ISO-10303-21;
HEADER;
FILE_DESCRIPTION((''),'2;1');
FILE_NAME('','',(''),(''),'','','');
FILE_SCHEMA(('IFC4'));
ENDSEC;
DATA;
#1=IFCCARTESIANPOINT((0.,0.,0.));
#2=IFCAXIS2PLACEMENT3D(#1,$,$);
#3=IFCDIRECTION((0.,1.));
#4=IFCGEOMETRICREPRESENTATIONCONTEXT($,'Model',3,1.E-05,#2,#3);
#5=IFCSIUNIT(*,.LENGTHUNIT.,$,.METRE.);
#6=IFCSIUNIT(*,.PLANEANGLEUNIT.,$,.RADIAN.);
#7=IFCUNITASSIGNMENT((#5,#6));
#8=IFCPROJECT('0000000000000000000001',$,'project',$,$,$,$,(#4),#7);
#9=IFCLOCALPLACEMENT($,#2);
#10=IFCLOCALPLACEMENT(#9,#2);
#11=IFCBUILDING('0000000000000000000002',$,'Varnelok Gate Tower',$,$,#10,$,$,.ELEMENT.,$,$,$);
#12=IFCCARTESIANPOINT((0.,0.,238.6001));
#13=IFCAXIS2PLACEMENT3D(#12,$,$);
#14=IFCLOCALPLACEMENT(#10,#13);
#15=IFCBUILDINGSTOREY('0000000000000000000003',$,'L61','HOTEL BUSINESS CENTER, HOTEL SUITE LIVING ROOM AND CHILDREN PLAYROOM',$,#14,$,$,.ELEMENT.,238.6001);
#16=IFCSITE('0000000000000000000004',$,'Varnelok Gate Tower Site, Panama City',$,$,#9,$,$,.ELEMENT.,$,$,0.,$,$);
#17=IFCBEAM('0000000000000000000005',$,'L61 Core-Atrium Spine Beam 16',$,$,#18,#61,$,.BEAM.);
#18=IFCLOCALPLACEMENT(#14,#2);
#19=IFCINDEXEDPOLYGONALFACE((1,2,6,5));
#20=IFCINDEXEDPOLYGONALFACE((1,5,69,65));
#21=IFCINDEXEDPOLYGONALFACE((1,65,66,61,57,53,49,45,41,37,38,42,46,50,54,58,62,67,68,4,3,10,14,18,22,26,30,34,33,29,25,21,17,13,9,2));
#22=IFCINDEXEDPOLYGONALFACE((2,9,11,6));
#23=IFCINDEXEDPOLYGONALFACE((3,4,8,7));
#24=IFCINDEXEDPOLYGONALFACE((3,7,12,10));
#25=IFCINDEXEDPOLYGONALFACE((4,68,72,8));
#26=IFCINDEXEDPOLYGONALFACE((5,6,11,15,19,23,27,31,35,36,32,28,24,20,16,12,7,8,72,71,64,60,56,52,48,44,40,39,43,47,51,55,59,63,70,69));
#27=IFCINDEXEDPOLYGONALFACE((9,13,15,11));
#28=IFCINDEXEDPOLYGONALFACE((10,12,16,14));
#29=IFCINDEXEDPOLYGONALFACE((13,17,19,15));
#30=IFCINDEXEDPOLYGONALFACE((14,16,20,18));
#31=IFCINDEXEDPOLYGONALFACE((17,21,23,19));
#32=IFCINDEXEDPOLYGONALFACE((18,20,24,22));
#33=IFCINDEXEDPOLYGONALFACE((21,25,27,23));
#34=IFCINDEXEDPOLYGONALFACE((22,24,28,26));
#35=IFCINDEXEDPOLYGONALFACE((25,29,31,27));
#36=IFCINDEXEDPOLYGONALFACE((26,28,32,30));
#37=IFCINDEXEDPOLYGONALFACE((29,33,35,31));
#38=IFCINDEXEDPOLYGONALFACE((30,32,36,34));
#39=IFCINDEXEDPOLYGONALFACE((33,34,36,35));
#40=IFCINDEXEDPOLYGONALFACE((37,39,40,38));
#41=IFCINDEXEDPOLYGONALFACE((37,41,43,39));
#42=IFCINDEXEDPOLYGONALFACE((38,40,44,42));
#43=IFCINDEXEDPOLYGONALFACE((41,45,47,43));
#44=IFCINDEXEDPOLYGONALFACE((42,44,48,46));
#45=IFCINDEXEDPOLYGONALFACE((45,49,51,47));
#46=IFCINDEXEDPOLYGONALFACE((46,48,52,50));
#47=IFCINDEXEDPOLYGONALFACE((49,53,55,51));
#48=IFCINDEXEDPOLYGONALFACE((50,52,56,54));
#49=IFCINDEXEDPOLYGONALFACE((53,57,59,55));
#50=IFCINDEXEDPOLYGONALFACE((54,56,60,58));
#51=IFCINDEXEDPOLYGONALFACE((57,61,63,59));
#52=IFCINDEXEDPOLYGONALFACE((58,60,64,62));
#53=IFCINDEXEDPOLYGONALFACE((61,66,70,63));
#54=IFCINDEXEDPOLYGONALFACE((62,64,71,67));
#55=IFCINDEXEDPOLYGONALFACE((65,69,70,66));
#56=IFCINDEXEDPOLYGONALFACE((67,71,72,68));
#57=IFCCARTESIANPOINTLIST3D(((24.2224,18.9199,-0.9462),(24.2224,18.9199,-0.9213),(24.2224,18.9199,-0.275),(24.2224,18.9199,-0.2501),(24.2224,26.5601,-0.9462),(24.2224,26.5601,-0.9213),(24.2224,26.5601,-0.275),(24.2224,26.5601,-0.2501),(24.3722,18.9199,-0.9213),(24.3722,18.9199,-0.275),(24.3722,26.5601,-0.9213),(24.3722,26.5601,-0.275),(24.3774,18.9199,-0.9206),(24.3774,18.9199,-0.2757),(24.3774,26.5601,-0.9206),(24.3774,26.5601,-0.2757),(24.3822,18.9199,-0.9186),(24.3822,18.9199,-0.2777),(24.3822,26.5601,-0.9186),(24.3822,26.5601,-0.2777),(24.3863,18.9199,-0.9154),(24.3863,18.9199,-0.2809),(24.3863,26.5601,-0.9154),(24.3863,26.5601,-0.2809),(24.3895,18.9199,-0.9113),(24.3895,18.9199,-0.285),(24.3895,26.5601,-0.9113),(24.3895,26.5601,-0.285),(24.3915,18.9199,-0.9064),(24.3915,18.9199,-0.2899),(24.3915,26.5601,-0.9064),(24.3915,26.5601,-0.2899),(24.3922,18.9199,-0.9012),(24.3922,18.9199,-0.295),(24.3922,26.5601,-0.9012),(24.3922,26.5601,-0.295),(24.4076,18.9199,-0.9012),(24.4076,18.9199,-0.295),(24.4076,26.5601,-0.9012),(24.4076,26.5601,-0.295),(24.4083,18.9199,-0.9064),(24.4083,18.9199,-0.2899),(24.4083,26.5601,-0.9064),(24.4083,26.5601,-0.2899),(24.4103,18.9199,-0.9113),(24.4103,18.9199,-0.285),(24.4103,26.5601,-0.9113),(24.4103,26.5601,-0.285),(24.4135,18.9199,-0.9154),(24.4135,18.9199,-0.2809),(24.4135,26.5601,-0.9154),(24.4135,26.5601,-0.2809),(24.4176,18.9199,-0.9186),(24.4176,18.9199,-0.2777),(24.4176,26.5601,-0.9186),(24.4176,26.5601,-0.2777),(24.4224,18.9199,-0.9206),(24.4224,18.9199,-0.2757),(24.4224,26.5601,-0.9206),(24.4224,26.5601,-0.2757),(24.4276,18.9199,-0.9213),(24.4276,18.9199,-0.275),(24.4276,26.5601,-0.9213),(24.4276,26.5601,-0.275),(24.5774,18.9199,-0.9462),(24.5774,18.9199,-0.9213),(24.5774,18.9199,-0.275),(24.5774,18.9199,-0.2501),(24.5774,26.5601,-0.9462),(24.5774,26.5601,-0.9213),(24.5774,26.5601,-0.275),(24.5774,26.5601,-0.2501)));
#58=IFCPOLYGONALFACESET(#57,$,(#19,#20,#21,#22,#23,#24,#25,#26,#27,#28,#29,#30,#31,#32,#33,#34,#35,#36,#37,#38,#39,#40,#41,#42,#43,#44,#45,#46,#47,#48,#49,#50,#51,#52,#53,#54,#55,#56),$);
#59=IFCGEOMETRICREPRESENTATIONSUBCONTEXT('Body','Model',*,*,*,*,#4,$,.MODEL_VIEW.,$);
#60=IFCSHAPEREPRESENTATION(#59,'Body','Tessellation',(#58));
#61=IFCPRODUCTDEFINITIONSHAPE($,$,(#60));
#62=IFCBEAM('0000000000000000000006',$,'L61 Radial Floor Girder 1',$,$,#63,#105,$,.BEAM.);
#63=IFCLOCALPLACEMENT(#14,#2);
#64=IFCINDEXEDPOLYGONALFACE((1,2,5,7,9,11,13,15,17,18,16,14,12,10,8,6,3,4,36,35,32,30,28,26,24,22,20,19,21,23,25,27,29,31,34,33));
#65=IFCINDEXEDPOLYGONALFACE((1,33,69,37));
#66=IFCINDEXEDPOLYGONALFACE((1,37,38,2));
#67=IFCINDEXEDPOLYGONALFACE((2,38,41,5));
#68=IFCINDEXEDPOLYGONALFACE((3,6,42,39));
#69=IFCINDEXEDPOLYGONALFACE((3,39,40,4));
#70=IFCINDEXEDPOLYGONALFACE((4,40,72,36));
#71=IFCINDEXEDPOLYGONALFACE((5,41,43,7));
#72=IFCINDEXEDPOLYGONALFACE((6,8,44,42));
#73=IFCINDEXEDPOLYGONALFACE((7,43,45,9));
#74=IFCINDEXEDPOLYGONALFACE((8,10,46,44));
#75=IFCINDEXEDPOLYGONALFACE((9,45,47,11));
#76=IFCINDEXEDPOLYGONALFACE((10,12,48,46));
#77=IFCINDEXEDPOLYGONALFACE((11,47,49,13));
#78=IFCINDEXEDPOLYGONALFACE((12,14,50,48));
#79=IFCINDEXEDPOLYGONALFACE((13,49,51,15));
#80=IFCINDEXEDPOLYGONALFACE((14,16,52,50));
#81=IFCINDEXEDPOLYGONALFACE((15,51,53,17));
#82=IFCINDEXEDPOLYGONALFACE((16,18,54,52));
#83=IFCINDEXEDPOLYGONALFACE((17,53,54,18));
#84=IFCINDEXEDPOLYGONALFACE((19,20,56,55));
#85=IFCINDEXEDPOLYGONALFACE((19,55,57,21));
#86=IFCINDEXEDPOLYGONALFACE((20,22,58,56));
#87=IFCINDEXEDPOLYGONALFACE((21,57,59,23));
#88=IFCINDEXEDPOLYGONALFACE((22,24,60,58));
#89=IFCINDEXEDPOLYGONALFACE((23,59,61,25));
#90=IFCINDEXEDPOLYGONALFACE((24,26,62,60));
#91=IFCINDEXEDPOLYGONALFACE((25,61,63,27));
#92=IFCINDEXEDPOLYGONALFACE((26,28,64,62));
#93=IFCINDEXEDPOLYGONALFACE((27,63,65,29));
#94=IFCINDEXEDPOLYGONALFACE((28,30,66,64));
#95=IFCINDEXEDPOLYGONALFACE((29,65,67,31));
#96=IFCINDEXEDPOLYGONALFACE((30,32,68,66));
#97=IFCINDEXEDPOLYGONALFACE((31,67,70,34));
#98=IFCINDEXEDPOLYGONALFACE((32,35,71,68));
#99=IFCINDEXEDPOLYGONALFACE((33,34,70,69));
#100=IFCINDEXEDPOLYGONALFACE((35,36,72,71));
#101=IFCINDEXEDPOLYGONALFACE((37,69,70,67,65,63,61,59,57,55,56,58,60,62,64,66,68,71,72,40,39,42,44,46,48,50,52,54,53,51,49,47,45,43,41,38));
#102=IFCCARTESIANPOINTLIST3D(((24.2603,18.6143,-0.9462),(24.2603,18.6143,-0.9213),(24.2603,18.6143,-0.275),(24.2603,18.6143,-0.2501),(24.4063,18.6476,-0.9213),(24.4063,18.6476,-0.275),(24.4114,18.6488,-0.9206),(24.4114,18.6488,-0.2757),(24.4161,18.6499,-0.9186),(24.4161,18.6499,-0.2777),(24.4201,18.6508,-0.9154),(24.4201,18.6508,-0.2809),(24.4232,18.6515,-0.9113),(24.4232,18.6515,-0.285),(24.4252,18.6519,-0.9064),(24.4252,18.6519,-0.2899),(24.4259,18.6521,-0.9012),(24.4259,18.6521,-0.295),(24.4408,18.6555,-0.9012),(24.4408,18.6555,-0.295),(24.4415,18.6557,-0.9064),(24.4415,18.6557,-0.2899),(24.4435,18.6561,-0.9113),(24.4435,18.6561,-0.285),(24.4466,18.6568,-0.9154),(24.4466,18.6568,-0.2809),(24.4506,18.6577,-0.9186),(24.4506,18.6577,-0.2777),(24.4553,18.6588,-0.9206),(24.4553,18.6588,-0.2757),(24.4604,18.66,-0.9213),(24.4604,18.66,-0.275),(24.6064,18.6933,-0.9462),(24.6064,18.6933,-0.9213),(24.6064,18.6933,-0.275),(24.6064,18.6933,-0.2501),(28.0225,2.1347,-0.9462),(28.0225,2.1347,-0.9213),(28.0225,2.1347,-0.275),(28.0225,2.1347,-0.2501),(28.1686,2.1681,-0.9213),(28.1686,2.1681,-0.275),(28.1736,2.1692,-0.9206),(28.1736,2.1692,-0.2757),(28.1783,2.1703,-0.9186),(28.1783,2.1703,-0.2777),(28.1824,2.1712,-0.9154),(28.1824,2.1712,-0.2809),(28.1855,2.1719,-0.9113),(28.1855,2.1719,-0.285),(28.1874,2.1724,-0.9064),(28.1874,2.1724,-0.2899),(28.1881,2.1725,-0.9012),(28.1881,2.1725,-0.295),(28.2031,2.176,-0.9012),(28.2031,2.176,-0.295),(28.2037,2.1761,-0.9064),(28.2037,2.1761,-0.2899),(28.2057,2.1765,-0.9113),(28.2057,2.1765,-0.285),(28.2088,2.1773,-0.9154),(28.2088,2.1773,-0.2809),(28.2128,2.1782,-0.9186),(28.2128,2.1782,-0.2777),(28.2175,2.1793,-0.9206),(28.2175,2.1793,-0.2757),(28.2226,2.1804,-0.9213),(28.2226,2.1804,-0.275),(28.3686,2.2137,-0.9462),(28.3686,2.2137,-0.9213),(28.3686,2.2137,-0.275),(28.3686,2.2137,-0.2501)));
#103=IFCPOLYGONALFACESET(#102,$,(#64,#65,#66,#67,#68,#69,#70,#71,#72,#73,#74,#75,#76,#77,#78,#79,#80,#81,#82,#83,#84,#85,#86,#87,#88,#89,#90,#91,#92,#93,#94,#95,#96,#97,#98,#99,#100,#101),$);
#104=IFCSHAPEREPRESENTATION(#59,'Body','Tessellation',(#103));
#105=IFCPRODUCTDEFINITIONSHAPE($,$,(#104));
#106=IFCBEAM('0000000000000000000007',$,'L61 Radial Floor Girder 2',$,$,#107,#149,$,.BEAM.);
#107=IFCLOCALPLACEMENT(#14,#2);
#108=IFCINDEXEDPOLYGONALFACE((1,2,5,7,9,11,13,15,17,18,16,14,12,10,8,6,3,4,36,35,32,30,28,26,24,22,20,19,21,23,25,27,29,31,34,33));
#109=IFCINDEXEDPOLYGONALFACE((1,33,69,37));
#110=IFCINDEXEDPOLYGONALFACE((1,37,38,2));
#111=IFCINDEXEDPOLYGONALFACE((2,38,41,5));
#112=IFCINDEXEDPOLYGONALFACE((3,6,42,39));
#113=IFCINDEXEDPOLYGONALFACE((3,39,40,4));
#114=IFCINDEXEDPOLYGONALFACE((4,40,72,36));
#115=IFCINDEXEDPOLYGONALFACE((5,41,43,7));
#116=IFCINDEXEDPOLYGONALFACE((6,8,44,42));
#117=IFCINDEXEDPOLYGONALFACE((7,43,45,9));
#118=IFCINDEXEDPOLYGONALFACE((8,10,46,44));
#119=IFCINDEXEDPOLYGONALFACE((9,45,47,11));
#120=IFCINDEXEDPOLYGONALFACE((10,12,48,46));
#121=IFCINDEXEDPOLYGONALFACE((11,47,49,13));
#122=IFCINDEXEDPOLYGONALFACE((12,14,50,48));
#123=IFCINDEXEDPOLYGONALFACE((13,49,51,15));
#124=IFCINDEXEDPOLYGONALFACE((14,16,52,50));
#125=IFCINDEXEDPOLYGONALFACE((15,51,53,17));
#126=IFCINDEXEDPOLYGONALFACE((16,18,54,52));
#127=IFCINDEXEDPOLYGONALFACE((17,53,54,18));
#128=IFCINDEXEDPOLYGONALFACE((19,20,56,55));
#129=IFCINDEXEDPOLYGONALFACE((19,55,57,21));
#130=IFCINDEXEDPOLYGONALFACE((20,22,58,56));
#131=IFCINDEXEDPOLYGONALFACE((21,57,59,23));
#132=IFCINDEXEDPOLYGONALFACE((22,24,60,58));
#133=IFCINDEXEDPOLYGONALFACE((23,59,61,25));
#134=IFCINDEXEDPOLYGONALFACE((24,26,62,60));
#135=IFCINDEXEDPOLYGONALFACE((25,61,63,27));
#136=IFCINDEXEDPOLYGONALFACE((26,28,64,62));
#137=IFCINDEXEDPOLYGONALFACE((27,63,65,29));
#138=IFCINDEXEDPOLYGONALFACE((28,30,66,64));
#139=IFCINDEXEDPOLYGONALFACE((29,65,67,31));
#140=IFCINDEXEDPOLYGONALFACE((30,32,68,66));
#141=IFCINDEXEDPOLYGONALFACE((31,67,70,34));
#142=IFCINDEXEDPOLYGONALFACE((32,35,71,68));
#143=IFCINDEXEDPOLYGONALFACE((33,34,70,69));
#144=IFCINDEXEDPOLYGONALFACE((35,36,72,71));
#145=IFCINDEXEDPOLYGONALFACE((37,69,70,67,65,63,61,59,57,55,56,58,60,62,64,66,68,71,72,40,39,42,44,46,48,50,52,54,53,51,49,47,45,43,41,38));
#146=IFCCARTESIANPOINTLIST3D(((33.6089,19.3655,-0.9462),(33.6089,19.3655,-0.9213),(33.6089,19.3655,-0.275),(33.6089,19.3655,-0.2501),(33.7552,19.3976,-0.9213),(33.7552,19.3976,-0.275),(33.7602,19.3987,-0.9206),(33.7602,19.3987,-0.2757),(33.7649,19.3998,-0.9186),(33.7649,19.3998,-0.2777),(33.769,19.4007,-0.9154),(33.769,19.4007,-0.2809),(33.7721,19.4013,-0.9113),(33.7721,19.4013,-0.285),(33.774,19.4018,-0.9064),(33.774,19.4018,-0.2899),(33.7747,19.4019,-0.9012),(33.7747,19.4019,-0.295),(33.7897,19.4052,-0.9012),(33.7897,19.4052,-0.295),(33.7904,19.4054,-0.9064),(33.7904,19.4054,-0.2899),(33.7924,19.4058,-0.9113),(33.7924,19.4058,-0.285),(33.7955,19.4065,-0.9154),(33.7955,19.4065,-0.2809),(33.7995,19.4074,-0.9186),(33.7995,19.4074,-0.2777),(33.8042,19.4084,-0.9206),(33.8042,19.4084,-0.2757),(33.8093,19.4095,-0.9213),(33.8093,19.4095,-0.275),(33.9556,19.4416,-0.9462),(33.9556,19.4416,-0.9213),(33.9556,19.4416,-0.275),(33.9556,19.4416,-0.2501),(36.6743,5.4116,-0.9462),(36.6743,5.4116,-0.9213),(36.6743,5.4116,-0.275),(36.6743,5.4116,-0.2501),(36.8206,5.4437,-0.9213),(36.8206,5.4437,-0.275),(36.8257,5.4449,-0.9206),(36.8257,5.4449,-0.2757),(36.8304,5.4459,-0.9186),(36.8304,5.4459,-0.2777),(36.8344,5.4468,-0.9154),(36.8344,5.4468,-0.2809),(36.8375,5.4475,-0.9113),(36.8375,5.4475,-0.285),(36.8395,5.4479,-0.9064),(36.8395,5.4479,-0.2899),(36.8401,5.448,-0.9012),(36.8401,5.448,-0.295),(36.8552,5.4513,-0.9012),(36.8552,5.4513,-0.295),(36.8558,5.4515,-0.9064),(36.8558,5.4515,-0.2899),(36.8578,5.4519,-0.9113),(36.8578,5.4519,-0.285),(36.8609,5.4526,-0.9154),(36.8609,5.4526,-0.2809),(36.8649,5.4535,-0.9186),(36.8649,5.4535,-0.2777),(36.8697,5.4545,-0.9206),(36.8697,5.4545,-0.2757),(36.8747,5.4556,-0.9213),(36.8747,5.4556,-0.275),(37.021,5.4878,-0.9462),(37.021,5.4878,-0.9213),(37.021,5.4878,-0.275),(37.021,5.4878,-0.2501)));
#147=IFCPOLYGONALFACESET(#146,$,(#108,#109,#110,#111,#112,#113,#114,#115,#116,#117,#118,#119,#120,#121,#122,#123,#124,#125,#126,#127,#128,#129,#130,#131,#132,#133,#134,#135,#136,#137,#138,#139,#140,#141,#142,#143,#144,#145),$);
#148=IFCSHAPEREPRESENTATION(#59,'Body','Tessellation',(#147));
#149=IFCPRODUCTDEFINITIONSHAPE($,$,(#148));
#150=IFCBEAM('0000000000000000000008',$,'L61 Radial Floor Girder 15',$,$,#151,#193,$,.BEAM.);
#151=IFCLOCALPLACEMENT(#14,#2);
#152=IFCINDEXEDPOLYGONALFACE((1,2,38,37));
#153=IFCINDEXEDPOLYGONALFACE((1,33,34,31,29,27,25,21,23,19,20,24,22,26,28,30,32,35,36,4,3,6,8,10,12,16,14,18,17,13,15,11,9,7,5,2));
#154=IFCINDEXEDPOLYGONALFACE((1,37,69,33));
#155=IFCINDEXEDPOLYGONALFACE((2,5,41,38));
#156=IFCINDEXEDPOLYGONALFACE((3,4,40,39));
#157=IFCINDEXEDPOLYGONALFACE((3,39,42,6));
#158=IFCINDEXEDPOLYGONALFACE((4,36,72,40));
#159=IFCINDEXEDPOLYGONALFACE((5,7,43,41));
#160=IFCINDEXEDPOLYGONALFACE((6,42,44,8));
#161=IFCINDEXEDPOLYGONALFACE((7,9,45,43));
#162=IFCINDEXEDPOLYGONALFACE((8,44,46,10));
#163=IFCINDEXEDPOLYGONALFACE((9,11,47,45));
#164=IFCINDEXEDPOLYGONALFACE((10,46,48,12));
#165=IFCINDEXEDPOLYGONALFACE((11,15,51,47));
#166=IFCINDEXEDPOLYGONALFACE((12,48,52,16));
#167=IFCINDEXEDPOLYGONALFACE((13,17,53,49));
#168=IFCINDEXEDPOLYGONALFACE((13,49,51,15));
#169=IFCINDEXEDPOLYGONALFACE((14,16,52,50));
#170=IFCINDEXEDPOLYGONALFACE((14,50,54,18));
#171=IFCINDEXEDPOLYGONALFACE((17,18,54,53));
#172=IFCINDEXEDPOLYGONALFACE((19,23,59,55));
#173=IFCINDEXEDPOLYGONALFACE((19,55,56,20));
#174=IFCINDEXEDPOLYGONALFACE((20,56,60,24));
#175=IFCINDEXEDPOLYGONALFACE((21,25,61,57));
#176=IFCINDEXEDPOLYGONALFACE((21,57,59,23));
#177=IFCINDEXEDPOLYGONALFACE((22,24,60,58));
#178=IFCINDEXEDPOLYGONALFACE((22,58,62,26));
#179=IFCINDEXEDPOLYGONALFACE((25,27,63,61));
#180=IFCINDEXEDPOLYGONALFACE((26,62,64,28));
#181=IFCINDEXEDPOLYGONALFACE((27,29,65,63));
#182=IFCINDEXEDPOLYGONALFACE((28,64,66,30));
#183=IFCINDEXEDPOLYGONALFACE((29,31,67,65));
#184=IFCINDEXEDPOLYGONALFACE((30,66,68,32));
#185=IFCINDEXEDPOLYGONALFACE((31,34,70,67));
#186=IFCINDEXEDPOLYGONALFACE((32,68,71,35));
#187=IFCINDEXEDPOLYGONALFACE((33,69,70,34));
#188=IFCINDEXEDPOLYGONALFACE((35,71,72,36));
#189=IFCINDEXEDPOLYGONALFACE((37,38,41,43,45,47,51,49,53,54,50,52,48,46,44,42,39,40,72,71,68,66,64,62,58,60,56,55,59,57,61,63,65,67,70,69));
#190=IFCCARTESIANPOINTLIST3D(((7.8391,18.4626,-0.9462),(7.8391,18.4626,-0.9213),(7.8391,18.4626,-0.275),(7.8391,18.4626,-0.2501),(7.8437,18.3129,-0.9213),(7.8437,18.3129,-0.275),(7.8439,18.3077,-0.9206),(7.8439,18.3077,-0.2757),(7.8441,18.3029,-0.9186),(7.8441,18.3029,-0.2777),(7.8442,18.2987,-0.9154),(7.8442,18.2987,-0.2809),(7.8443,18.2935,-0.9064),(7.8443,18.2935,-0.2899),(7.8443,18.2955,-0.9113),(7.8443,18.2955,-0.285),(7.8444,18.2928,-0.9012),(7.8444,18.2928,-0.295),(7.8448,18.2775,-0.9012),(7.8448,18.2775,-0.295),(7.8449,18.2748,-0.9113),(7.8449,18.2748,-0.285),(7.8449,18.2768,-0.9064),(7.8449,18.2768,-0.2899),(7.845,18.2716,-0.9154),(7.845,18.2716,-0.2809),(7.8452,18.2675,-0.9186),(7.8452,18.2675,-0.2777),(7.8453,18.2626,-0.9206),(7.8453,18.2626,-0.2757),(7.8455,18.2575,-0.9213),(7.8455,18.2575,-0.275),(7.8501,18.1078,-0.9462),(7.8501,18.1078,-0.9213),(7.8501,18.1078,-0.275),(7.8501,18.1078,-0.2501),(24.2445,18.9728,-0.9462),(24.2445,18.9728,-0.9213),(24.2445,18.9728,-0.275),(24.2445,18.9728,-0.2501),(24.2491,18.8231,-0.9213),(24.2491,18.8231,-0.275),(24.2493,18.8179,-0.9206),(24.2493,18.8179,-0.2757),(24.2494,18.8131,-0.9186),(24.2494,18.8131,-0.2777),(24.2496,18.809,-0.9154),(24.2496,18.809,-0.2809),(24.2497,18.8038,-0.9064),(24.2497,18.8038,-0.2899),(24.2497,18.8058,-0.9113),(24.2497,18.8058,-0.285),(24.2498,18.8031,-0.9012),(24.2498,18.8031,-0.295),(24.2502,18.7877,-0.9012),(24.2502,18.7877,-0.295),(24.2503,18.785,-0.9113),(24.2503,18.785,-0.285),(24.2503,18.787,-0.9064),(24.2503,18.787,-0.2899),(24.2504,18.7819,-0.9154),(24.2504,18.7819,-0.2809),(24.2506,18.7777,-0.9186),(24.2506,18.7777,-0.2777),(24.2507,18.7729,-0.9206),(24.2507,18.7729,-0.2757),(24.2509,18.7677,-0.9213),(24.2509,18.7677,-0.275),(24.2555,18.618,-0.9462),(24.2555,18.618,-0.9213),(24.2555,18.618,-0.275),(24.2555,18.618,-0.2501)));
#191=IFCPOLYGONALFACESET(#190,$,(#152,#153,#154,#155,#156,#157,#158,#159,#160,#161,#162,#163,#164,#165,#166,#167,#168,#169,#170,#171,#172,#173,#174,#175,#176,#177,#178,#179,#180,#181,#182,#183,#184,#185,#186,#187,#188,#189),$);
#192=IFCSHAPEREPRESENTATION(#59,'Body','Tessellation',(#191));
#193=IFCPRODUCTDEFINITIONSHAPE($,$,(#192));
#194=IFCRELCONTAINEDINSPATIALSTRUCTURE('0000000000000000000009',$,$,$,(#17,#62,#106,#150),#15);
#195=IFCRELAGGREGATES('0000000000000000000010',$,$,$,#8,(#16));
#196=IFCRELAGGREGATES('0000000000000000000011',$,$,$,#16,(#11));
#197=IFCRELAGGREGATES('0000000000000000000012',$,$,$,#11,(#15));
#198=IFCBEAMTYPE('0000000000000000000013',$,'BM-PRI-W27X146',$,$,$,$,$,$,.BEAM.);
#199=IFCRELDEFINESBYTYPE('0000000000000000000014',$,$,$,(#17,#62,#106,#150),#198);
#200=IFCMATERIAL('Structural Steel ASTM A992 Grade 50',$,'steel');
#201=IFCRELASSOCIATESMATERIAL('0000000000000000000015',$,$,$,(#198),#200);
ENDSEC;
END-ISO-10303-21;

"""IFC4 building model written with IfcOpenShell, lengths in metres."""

from ifc_helpers import new_model, si_unit, direction, frame, origin, origin_2d, place, context, subcontext, project, spatial, i_section, extrude, material, material_profile, profile_set, type_object, element, save


model = new_model("IFC4")

# Units and contexts
model_context = context("Model", 3, precision=1e-05, world=origin(), true_north=direction((0.0, 1.0)))
body_context = subcontext(model_context, "Body", "Model", "MODEL_VIEW")
ifc_project = project(units=[si_unit("LENGTHUNIT", "METRE"), si_unit("PLANEANGLEUNIT", "RADIAN")], contexts=[model_context])

# Site, building, storey
site_placement = place(None, origin())
site = spatial("IfcSite", under=ifc_project, at=site_placement, Name="Varnelok Gate Tower Site, Panama City", CompositionType="ELEMENT", RefElevation=0.0)
building_placement = place(site_placement, origin())
building = spatial("IfcBuilding", under=site, at=building_placement, Name="Varnelok Gate Tower", CompositionType="ELEMENT")
storey_placement = place(building_placement, frame((0.0, 0.0, 238.6001)))
storey = spatial("IfcBuildingStorey", under=building, at=storey_placement, Name="L61", Description="HOTEL BUSINESS CENTER, HOTEL SUITE LIVING ROOM AND CHILDREN PLAYROOM", CompositionType="ELEMENT", Elevation=238.6001)

# Shared definitions
ifc_material_1 = material(Name="Structural Steel ASTM A992 Grade 50", Category="steel")

# Beams
ifc_material_profile_1 = material_profile(ifc_material_1, i_section(OverallWidth=0.355, OverallDepth=0.696, WebThickness=0.0154, FlangeThickness=0.0249, FilletRadius=0.02, at=origin_2d()), Name="W27X146")
ifc_profile_set_1 = profile_set([ifc_material_profile_1], Name="Structural Steel ASTM A992 Grade 50")
beam_type_1 = type_object("IfcBeamType", Name="BM-PRI-W27X146", PredefinedType="BEAM", material=ifc_profile_set_1)
beam_1_placement = place(storey_placement, frame((24.3999, 18.9199, -0.5981), z_axis=(0.0, 1.0, 0.0), x_axis=(-1.0, 0.0, 0.0)))
element("IfcBeam", 1, at=beam_1_placement, inside=storey, type_object=beam_type_1, Name="L61 Core-Atrium Spine Beam 16", PredefinedType="BEAM", context=body_context, shape_type="SweptSolid", body=[
    extrude(i_section(OverallWidth=0.355, OverallDepth=0.696, WebThickness=0.0154, FlangeThickness=0.0249, FilletRadius=0.02, at=origin_2d()), origin(), (0.0, 0.0, 1.0), 7.6401),
])
beam_2_placement = place(storey_placement, frame((24.4333, 18.6538, -0.5981), z_axis=(0.22257, -0.974917, 0.0), x_axis=(0.974917, 0.22257, 0.0)))
element("IfcBeam", 2, at=beam_2_placement, inside=storey, type_object=beam_type_1, Name="L61 Radial Floor Girder 1", PredefinedType="BEAM", context=body_context, shape_type="SweptSolid", body=[
    extrude(i_section(OverallWidth=0.355, OverallDepth=0.696, WebThickness=0.0154, FlangeThickness=0.0249, FilletRadius=0.02, at=origin_2d()), origin(), (0.0, 0.0, 1.0), 16.9036),
])
beam_3_placement = place(storey_placement, frame((33.7822, 19.4036, -0.5981), z_axis=(0.214567, -0.976709, 0.0), x_axis=(0.976709, 0.214567, 0.0)))
element("IfcBeam", 3, at=beam_3_placement, inside=storey, type_object=beam_type_1, Name="L61 Radial Floor Girder 2", PredefinedType="BEAM", context=body_context, shape_type="SweptSolid", body=[
    extrude(i_section(OverallWidth=0.355, OverallDepth=0.696, WebThickness=0.0154, FlangeThickness=0.0249, FilletRadius=0.02, at=origin_2d()), origin(), (0.0, 0.0, 1.0), 14.2866),
])
beam_4_placement = place(storey_placement, frame((24.25, 18.7954, -0.5981), z_axis=(-0.999517, -0.031088, 0.0), x_axis=(0.031088, -0.999517, 0.0)))
element("IfcBeam", 4, at=beam_4_placement, inside=storey, type_object=beam_type_1, Name="L61 Radial Floor Girder 15", PredefinedType="BEAM", context=body_context, shape_type="SweptSolid", body=[
    extrude(i_section(OverallWidth=0.355, OverallDepth=0.696, WebThickness=0.0154, FlangeThickness=0.0249, FilletRadius=0.02, at=origin_2d()), origin(), (0.0, 0.0, 1.0), 16.4133),
])

save(model, "model.ifc")
